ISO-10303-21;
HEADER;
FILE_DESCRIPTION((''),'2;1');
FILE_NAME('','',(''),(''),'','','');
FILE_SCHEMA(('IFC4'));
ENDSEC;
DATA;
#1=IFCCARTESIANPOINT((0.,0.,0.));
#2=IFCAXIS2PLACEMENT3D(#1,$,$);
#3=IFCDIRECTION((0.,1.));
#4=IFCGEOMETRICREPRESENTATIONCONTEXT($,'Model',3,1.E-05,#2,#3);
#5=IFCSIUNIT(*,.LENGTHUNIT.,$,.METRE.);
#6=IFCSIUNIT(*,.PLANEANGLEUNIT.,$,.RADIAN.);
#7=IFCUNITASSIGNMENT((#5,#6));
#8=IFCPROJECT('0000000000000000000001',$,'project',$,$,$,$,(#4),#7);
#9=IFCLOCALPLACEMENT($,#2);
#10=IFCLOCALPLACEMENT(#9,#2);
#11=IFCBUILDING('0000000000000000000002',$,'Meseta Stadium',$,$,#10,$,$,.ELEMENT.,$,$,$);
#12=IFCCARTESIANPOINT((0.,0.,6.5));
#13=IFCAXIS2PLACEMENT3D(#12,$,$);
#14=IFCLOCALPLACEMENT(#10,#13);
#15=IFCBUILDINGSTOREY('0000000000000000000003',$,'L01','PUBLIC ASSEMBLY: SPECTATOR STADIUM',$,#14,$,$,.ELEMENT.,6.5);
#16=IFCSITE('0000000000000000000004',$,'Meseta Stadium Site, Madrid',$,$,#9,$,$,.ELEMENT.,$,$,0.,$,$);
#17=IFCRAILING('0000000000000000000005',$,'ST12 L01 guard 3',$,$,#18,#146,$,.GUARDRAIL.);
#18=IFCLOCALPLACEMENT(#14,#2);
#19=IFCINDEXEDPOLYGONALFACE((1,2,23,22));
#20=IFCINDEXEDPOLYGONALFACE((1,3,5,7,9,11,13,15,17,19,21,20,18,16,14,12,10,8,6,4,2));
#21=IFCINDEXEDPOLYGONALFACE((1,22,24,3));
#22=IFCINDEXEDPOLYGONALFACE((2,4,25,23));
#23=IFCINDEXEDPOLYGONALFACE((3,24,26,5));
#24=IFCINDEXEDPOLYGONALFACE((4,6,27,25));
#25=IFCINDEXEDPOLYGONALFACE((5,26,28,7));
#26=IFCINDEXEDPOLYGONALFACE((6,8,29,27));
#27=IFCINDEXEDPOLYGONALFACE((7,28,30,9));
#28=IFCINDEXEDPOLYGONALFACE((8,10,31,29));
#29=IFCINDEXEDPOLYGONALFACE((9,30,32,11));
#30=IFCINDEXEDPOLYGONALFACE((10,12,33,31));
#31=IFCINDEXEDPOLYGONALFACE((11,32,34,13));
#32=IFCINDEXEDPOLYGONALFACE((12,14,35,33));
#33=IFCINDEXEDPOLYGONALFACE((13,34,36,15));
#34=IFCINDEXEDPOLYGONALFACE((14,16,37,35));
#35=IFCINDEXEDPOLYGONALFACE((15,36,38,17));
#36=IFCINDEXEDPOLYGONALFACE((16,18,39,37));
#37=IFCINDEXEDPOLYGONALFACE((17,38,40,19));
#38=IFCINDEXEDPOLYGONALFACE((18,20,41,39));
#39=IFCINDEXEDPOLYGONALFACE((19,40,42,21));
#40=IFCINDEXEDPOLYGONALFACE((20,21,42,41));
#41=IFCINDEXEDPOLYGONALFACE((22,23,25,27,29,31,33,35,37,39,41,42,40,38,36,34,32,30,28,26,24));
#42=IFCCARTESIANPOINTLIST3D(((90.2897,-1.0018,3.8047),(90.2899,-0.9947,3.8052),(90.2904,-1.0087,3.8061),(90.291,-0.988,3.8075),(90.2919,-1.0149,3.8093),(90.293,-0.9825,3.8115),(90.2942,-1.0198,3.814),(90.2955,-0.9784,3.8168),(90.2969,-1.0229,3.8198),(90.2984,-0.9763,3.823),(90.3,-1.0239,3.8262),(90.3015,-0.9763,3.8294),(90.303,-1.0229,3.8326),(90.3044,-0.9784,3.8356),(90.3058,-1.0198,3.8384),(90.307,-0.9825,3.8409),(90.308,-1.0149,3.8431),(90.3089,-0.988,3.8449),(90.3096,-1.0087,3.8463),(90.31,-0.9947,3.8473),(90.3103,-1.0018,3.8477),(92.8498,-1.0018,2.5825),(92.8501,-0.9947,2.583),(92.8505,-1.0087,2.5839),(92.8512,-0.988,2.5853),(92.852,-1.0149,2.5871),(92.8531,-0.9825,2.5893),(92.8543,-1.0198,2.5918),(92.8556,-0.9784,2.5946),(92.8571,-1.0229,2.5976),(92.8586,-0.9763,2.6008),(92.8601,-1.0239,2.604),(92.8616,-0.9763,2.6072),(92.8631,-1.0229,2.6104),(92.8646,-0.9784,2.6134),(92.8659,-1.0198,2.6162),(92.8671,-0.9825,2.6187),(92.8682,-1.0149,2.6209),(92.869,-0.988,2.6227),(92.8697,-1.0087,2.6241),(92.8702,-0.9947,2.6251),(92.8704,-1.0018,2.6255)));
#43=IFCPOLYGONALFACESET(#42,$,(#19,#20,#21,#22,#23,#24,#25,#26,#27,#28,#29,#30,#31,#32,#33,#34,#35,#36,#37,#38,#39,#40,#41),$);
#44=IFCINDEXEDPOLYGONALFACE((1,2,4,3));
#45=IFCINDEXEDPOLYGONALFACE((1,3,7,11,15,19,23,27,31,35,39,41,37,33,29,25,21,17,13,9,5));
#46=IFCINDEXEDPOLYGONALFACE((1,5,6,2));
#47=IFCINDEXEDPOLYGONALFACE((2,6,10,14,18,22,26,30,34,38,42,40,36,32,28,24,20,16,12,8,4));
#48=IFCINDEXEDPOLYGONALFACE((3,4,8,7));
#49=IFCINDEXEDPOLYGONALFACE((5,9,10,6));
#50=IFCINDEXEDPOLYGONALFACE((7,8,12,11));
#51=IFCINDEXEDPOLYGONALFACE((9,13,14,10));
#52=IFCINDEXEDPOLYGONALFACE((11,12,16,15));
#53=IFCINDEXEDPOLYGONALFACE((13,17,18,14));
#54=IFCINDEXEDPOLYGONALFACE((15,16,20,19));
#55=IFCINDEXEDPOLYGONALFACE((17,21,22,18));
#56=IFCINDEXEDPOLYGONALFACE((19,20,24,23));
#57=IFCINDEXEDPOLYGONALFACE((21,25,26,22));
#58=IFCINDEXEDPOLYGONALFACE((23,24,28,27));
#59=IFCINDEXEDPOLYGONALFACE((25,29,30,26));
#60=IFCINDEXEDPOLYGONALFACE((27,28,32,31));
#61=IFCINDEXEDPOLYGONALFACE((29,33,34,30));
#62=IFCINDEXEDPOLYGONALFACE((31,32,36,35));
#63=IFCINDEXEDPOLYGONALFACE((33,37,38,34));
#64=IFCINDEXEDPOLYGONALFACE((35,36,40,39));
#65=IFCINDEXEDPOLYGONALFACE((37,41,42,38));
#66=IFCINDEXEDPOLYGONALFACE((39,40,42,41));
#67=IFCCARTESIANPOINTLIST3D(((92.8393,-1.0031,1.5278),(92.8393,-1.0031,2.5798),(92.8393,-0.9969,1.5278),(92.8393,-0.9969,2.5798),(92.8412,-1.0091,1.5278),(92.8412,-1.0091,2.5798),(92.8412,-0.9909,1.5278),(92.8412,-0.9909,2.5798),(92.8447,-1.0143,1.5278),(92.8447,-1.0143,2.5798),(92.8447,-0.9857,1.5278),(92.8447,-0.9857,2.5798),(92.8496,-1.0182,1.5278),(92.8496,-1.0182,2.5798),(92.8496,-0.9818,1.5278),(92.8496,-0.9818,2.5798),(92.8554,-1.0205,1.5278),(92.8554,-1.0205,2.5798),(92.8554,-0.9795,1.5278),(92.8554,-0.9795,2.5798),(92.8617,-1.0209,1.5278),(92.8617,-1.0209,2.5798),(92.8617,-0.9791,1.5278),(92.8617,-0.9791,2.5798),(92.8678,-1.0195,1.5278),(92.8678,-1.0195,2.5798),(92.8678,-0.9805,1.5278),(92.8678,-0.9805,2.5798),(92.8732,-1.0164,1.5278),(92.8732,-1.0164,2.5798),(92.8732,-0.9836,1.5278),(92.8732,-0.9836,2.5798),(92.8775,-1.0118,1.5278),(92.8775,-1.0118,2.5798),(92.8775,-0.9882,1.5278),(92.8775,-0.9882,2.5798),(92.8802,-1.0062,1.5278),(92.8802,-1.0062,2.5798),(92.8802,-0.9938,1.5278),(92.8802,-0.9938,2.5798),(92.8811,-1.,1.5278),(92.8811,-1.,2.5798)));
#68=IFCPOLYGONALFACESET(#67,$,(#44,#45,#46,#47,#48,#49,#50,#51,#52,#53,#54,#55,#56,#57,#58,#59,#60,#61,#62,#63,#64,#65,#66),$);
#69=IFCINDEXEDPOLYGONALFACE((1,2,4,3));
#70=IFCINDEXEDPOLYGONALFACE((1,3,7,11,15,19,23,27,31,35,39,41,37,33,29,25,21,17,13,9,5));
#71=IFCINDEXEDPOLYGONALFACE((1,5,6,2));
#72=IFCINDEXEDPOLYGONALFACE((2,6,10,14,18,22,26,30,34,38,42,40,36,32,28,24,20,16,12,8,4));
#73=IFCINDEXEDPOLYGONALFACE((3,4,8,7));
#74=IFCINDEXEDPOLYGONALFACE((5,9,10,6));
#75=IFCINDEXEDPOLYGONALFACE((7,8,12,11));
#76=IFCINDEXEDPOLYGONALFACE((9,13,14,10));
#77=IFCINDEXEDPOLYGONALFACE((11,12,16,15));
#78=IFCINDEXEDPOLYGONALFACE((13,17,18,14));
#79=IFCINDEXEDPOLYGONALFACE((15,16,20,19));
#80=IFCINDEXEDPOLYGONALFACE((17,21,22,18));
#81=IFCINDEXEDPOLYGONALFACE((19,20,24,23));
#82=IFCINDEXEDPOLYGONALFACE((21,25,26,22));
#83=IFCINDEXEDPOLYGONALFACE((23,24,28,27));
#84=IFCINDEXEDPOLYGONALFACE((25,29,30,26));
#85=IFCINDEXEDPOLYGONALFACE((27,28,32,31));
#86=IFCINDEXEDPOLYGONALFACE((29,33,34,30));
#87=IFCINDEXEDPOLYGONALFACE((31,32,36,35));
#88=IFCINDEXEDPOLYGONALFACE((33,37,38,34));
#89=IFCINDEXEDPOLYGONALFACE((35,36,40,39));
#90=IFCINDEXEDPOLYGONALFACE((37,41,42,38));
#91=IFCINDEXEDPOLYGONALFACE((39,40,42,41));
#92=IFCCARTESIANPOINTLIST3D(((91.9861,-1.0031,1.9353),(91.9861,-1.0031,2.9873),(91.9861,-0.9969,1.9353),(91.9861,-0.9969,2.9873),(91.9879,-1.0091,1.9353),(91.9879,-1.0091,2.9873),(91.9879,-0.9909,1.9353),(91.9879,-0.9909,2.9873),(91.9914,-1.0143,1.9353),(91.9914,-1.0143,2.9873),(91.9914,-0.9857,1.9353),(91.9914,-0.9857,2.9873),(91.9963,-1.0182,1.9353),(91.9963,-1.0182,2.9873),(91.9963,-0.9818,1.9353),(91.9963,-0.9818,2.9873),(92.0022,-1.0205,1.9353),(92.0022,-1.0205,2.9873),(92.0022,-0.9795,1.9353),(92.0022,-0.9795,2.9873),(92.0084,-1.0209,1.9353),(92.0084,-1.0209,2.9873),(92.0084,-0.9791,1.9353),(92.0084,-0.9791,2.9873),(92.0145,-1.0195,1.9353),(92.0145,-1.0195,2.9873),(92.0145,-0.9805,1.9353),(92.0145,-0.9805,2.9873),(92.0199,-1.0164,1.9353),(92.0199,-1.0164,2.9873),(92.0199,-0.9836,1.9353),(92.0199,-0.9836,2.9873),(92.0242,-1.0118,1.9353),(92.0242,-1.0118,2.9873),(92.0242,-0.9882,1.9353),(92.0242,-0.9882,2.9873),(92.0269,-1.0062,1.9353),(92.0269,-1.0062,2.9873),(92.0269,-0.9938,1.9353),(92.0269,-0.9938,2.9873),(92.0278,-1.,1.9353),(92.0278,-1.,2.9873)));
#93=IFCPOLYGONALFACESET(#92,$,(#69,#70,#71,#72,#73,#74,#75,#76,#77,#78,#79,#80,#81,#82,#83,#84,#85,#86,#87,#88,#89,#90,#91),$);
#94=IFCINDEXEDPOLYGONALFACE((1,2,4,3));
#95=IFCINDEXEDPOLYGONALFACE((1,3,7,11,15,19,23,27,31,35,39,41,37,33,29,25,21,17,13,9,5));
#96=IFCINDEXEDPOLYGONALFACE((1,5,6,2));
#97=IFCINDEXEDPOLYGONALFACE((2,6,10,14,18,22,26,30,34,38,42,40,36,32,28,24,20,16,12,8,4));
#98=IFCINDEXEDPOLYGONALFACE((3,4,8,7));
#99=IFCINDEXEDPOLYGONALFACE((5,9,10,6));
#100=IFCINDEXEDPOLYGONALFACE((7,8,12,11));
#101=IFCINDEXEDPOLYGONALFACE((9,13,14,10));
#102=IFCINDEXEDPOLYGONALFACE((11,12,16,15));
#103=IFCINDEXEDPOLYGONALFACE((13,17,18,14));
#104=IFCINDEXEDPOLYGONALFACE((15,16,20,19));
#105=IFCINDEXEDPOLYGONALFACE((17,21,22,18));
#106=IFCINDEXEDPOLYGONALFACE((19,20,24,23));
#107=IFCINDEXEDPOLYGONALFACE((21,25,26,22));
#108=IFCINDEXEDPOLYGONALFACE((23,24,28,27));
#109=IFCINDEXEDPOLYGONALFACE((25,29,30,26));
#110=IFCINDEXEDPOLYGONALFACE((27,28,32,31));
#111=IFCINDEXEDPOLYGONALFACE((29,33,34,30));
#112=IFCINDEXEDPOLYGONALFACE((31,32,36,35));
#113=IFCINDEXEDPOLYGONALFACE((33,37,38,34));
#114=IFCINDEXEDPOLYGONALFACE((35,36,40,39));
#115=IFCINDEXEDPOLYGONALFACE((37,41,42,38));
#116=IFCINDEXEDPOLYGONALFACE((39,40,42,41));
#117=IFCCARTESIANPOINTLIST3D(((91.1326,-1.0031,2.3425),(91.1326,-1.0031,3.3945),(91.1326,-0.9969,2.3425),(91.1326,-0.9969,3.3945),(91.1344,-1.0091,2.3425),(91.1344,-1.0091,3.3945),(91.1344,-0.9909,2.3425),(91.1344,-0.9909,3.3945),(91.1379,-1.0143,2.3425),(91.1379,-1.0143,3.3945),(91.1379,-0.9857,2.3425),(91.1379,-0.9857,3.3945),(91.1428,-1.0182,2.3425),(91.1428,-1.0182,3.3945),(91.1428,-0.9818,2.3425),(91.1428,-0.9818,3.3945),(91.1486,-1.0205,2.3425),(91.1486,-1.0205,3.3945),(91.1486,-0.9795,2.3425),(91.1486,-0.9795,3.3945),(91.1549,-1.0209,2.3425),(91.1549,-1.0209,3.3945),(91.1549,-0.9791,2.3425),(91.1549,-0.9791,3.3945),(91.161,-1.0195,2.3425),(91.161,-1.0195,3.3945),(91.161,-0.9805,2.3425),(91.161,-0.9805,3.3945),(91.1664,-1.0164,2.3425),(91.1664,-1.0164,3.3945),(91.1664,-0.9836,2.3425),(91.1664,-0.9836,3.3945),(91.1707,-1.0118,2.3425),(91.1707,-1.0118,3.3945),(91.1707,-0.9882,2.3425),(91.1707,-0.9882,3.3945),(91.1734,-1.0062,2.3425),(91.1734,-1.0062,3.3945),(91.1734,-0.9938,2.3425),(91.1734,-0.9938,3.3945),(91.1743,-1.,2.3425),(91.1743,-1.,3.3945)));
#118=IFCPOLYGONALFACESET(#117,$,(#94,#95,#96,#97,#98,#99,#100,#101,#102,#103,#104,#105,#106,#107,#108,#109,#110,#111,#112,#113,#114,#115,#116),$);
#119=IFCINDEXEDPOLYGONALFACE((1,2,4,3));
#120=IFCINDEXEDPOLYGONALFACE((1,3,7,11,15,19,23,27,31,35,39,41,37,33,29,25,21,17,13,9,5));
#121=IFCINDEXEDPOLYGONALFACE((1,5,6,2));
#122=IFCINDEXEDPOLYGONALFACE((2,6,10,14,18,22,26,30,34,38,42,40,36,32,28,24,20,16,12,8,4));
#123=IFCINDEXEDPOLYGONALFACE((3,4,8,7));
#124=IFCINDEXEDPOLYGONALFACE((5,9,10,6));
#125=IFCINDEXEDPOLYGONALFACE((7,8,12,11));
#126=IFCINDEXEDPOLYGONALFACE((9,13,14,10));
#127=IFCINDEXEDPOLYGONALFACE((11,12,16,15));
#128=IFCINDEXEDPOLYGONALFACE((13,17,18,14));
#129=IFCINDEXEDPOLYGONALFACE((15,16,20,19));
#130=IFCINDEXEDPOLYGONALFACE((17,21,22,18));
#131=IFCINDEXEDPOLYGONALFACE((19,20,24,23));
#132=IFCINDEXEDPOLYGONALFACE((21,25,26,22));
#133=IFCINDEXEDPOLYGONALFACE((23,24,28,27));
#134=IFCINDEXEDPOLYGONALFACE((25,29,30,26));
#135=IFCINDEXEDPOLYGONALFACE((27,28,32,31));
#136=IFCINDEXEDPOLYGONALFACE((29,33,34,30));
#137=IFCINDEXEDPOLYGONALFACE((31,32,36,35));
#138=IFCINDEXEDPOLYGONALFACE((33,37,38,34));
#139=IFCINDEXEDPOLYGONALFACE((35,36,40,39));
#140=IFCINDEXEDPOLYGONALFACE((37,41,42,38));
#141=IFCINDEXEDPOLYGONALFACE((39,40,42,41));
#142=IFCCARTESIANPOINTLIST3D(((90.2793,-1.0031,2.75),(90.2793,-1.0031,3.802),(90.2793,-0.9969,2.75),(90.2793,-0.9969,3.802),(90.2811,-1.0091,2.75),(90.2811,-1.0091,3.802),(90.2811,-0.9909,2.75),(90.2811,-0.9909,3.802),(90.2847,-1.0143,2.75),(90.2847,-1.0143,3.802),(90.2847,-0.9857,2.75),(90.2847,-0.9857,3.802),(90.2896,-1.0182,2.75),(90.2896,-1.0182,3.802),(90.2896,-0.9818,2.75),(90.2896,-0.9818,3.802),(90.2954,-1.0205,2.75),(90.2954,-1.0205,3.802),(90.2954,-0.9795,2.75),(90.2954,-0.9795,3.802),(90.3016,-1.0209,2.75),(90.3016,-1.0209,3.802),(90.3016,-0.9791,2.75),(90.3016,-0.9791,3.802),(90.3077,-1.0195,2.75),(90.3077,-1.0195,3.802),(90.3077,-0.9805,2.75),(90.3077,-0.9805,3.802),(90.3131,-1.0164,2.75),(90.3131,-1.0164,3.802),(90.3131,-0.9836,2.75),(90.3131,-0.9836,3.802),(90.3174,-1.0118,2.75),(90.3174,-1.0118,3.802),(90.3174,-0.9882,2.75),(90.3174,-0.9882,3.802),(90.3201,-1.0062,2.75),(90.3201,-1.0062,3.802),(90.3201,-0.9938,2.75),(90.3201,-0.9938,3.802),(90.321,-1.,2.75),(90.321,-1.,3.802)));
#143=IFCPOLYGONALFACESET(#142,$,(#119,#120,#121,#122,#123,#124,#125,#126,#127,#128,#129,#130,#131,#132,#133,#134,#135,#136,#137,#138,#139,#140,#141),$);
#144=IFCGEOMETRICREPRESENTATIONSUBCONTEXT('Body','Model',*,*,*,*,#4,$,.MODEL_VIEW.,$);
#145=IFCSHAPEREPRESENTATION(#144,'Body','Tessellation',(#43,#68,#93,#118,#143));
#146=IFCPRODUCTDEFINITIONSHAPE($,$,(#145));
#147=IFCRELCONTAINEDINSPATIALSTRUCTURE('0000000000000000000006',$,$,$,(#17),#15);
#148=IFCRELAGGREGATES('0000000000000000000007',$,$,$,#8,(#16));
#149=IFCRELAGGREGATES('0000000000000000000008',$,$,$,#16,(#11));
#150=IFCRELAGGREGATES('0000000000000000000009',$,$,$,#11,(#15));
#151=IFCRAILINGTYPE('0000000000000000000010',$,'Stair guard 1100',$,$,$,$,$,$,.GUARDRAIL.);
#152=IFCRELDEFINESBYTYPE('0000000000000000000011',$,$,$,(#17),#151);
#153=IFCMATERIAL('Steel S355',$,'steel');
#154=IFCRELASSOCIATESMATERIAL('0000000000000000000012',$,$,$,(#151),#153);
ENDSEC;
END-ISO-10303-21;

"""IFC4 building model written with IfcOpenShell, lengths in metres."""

from ifc_helpers import new_model, si_unit, direction, frame, origin, origin_2d, place, context, subcontext, project, spatial, circle, extrude, material, type_object, element, save


model = new_model("IFC4")

# Units and contexts
model_context = context("Model", 3, precision=1e-05, world=origin(), true_north=direction((0.0, 1.0)))
body_context = subcontext(model_context, "Body", "Model", "MODEL_VIEW")
ifc_project = project(units=[si_unit("LENGTHUNIT", "METRE"), si_unit("PLANEANGLEUNIT", "RADIAN")], contexts=[model_context])

# Site, building, storey
site_placement = place(None, origin())
site = spatial("IfcSite", under=ifc_project, at=site_placement, Name="Meseta Stadium Site, Madrid", CompositionType="ELEMENT", RefElevation=0.0)
building_placement = place(site_placement, origin())
building = spatial("IfcBuilding", under=site, at=building_placement, Name="Meseta Stadium", CompositionType="ELEMENT")
storey_placement = place(building_placement, frame((0.0, 0.0, 6.5)))
storey = spatial("IfcBuildingStorey", under=building, at=storey_placement, Name="L01", Description="PUBLIC ASSEMBLY: SPECTATOR STADIUM", CompositionType="ELEMENT", Elevation=6.5)

# Railing
ifc_material_1 = material(Name="Steel S355", Category="steel")
railing_type_1 = type_object("IfcRailingType", Name="Stair guard 1100", PredefinedType="GUARDRAIL", material=ifc_material_1)
railing_1_placement = place(storey_placement, frame((92.8601, -1.0, 1.5278)))
element("IfcRailing", 1, at=railing_1_placement, inside=storey, type_object=railing_type_1, Name="ST12 L01 guard 3", PredefinedType="GUARDRAIL", context=body_context, shape_type="SweptSolid", body=[
    extrude(circle(Radius=0.0239, at=origin_2d()), frame((0.0, 0.0, 1.0762), z_axis=(-0.902437, 0.0, 0.430822), x_axis=(0.0, -1.0, 0.0)), (0.0, 0.0, 1.0), 2.8369),
    extrude(circle(Radius=0.021, at=origin_2d()), origin(), (0.0, 0.0, 1.0), 1.052),
    extrude(circle(Radius=0.021, at=origin_2d()), frame((-0.8533, 0.0, 0.4075)), (0.0, 0.0, 1.0), 1.052),
    extrude(circle(Radius=0.021, at=origin_2d()), frame((-1.7068, 0.0, 0.8147)), (0.0, 0.0, 1.0), 1.052),
    extrude(circle(Radius=0.021, at=origin_2d()), frame((-2.5601, 0.0, 1.2222)), (0.0, 0.0, 1.0), 1.052),
])

save(model, "model.ifc")
